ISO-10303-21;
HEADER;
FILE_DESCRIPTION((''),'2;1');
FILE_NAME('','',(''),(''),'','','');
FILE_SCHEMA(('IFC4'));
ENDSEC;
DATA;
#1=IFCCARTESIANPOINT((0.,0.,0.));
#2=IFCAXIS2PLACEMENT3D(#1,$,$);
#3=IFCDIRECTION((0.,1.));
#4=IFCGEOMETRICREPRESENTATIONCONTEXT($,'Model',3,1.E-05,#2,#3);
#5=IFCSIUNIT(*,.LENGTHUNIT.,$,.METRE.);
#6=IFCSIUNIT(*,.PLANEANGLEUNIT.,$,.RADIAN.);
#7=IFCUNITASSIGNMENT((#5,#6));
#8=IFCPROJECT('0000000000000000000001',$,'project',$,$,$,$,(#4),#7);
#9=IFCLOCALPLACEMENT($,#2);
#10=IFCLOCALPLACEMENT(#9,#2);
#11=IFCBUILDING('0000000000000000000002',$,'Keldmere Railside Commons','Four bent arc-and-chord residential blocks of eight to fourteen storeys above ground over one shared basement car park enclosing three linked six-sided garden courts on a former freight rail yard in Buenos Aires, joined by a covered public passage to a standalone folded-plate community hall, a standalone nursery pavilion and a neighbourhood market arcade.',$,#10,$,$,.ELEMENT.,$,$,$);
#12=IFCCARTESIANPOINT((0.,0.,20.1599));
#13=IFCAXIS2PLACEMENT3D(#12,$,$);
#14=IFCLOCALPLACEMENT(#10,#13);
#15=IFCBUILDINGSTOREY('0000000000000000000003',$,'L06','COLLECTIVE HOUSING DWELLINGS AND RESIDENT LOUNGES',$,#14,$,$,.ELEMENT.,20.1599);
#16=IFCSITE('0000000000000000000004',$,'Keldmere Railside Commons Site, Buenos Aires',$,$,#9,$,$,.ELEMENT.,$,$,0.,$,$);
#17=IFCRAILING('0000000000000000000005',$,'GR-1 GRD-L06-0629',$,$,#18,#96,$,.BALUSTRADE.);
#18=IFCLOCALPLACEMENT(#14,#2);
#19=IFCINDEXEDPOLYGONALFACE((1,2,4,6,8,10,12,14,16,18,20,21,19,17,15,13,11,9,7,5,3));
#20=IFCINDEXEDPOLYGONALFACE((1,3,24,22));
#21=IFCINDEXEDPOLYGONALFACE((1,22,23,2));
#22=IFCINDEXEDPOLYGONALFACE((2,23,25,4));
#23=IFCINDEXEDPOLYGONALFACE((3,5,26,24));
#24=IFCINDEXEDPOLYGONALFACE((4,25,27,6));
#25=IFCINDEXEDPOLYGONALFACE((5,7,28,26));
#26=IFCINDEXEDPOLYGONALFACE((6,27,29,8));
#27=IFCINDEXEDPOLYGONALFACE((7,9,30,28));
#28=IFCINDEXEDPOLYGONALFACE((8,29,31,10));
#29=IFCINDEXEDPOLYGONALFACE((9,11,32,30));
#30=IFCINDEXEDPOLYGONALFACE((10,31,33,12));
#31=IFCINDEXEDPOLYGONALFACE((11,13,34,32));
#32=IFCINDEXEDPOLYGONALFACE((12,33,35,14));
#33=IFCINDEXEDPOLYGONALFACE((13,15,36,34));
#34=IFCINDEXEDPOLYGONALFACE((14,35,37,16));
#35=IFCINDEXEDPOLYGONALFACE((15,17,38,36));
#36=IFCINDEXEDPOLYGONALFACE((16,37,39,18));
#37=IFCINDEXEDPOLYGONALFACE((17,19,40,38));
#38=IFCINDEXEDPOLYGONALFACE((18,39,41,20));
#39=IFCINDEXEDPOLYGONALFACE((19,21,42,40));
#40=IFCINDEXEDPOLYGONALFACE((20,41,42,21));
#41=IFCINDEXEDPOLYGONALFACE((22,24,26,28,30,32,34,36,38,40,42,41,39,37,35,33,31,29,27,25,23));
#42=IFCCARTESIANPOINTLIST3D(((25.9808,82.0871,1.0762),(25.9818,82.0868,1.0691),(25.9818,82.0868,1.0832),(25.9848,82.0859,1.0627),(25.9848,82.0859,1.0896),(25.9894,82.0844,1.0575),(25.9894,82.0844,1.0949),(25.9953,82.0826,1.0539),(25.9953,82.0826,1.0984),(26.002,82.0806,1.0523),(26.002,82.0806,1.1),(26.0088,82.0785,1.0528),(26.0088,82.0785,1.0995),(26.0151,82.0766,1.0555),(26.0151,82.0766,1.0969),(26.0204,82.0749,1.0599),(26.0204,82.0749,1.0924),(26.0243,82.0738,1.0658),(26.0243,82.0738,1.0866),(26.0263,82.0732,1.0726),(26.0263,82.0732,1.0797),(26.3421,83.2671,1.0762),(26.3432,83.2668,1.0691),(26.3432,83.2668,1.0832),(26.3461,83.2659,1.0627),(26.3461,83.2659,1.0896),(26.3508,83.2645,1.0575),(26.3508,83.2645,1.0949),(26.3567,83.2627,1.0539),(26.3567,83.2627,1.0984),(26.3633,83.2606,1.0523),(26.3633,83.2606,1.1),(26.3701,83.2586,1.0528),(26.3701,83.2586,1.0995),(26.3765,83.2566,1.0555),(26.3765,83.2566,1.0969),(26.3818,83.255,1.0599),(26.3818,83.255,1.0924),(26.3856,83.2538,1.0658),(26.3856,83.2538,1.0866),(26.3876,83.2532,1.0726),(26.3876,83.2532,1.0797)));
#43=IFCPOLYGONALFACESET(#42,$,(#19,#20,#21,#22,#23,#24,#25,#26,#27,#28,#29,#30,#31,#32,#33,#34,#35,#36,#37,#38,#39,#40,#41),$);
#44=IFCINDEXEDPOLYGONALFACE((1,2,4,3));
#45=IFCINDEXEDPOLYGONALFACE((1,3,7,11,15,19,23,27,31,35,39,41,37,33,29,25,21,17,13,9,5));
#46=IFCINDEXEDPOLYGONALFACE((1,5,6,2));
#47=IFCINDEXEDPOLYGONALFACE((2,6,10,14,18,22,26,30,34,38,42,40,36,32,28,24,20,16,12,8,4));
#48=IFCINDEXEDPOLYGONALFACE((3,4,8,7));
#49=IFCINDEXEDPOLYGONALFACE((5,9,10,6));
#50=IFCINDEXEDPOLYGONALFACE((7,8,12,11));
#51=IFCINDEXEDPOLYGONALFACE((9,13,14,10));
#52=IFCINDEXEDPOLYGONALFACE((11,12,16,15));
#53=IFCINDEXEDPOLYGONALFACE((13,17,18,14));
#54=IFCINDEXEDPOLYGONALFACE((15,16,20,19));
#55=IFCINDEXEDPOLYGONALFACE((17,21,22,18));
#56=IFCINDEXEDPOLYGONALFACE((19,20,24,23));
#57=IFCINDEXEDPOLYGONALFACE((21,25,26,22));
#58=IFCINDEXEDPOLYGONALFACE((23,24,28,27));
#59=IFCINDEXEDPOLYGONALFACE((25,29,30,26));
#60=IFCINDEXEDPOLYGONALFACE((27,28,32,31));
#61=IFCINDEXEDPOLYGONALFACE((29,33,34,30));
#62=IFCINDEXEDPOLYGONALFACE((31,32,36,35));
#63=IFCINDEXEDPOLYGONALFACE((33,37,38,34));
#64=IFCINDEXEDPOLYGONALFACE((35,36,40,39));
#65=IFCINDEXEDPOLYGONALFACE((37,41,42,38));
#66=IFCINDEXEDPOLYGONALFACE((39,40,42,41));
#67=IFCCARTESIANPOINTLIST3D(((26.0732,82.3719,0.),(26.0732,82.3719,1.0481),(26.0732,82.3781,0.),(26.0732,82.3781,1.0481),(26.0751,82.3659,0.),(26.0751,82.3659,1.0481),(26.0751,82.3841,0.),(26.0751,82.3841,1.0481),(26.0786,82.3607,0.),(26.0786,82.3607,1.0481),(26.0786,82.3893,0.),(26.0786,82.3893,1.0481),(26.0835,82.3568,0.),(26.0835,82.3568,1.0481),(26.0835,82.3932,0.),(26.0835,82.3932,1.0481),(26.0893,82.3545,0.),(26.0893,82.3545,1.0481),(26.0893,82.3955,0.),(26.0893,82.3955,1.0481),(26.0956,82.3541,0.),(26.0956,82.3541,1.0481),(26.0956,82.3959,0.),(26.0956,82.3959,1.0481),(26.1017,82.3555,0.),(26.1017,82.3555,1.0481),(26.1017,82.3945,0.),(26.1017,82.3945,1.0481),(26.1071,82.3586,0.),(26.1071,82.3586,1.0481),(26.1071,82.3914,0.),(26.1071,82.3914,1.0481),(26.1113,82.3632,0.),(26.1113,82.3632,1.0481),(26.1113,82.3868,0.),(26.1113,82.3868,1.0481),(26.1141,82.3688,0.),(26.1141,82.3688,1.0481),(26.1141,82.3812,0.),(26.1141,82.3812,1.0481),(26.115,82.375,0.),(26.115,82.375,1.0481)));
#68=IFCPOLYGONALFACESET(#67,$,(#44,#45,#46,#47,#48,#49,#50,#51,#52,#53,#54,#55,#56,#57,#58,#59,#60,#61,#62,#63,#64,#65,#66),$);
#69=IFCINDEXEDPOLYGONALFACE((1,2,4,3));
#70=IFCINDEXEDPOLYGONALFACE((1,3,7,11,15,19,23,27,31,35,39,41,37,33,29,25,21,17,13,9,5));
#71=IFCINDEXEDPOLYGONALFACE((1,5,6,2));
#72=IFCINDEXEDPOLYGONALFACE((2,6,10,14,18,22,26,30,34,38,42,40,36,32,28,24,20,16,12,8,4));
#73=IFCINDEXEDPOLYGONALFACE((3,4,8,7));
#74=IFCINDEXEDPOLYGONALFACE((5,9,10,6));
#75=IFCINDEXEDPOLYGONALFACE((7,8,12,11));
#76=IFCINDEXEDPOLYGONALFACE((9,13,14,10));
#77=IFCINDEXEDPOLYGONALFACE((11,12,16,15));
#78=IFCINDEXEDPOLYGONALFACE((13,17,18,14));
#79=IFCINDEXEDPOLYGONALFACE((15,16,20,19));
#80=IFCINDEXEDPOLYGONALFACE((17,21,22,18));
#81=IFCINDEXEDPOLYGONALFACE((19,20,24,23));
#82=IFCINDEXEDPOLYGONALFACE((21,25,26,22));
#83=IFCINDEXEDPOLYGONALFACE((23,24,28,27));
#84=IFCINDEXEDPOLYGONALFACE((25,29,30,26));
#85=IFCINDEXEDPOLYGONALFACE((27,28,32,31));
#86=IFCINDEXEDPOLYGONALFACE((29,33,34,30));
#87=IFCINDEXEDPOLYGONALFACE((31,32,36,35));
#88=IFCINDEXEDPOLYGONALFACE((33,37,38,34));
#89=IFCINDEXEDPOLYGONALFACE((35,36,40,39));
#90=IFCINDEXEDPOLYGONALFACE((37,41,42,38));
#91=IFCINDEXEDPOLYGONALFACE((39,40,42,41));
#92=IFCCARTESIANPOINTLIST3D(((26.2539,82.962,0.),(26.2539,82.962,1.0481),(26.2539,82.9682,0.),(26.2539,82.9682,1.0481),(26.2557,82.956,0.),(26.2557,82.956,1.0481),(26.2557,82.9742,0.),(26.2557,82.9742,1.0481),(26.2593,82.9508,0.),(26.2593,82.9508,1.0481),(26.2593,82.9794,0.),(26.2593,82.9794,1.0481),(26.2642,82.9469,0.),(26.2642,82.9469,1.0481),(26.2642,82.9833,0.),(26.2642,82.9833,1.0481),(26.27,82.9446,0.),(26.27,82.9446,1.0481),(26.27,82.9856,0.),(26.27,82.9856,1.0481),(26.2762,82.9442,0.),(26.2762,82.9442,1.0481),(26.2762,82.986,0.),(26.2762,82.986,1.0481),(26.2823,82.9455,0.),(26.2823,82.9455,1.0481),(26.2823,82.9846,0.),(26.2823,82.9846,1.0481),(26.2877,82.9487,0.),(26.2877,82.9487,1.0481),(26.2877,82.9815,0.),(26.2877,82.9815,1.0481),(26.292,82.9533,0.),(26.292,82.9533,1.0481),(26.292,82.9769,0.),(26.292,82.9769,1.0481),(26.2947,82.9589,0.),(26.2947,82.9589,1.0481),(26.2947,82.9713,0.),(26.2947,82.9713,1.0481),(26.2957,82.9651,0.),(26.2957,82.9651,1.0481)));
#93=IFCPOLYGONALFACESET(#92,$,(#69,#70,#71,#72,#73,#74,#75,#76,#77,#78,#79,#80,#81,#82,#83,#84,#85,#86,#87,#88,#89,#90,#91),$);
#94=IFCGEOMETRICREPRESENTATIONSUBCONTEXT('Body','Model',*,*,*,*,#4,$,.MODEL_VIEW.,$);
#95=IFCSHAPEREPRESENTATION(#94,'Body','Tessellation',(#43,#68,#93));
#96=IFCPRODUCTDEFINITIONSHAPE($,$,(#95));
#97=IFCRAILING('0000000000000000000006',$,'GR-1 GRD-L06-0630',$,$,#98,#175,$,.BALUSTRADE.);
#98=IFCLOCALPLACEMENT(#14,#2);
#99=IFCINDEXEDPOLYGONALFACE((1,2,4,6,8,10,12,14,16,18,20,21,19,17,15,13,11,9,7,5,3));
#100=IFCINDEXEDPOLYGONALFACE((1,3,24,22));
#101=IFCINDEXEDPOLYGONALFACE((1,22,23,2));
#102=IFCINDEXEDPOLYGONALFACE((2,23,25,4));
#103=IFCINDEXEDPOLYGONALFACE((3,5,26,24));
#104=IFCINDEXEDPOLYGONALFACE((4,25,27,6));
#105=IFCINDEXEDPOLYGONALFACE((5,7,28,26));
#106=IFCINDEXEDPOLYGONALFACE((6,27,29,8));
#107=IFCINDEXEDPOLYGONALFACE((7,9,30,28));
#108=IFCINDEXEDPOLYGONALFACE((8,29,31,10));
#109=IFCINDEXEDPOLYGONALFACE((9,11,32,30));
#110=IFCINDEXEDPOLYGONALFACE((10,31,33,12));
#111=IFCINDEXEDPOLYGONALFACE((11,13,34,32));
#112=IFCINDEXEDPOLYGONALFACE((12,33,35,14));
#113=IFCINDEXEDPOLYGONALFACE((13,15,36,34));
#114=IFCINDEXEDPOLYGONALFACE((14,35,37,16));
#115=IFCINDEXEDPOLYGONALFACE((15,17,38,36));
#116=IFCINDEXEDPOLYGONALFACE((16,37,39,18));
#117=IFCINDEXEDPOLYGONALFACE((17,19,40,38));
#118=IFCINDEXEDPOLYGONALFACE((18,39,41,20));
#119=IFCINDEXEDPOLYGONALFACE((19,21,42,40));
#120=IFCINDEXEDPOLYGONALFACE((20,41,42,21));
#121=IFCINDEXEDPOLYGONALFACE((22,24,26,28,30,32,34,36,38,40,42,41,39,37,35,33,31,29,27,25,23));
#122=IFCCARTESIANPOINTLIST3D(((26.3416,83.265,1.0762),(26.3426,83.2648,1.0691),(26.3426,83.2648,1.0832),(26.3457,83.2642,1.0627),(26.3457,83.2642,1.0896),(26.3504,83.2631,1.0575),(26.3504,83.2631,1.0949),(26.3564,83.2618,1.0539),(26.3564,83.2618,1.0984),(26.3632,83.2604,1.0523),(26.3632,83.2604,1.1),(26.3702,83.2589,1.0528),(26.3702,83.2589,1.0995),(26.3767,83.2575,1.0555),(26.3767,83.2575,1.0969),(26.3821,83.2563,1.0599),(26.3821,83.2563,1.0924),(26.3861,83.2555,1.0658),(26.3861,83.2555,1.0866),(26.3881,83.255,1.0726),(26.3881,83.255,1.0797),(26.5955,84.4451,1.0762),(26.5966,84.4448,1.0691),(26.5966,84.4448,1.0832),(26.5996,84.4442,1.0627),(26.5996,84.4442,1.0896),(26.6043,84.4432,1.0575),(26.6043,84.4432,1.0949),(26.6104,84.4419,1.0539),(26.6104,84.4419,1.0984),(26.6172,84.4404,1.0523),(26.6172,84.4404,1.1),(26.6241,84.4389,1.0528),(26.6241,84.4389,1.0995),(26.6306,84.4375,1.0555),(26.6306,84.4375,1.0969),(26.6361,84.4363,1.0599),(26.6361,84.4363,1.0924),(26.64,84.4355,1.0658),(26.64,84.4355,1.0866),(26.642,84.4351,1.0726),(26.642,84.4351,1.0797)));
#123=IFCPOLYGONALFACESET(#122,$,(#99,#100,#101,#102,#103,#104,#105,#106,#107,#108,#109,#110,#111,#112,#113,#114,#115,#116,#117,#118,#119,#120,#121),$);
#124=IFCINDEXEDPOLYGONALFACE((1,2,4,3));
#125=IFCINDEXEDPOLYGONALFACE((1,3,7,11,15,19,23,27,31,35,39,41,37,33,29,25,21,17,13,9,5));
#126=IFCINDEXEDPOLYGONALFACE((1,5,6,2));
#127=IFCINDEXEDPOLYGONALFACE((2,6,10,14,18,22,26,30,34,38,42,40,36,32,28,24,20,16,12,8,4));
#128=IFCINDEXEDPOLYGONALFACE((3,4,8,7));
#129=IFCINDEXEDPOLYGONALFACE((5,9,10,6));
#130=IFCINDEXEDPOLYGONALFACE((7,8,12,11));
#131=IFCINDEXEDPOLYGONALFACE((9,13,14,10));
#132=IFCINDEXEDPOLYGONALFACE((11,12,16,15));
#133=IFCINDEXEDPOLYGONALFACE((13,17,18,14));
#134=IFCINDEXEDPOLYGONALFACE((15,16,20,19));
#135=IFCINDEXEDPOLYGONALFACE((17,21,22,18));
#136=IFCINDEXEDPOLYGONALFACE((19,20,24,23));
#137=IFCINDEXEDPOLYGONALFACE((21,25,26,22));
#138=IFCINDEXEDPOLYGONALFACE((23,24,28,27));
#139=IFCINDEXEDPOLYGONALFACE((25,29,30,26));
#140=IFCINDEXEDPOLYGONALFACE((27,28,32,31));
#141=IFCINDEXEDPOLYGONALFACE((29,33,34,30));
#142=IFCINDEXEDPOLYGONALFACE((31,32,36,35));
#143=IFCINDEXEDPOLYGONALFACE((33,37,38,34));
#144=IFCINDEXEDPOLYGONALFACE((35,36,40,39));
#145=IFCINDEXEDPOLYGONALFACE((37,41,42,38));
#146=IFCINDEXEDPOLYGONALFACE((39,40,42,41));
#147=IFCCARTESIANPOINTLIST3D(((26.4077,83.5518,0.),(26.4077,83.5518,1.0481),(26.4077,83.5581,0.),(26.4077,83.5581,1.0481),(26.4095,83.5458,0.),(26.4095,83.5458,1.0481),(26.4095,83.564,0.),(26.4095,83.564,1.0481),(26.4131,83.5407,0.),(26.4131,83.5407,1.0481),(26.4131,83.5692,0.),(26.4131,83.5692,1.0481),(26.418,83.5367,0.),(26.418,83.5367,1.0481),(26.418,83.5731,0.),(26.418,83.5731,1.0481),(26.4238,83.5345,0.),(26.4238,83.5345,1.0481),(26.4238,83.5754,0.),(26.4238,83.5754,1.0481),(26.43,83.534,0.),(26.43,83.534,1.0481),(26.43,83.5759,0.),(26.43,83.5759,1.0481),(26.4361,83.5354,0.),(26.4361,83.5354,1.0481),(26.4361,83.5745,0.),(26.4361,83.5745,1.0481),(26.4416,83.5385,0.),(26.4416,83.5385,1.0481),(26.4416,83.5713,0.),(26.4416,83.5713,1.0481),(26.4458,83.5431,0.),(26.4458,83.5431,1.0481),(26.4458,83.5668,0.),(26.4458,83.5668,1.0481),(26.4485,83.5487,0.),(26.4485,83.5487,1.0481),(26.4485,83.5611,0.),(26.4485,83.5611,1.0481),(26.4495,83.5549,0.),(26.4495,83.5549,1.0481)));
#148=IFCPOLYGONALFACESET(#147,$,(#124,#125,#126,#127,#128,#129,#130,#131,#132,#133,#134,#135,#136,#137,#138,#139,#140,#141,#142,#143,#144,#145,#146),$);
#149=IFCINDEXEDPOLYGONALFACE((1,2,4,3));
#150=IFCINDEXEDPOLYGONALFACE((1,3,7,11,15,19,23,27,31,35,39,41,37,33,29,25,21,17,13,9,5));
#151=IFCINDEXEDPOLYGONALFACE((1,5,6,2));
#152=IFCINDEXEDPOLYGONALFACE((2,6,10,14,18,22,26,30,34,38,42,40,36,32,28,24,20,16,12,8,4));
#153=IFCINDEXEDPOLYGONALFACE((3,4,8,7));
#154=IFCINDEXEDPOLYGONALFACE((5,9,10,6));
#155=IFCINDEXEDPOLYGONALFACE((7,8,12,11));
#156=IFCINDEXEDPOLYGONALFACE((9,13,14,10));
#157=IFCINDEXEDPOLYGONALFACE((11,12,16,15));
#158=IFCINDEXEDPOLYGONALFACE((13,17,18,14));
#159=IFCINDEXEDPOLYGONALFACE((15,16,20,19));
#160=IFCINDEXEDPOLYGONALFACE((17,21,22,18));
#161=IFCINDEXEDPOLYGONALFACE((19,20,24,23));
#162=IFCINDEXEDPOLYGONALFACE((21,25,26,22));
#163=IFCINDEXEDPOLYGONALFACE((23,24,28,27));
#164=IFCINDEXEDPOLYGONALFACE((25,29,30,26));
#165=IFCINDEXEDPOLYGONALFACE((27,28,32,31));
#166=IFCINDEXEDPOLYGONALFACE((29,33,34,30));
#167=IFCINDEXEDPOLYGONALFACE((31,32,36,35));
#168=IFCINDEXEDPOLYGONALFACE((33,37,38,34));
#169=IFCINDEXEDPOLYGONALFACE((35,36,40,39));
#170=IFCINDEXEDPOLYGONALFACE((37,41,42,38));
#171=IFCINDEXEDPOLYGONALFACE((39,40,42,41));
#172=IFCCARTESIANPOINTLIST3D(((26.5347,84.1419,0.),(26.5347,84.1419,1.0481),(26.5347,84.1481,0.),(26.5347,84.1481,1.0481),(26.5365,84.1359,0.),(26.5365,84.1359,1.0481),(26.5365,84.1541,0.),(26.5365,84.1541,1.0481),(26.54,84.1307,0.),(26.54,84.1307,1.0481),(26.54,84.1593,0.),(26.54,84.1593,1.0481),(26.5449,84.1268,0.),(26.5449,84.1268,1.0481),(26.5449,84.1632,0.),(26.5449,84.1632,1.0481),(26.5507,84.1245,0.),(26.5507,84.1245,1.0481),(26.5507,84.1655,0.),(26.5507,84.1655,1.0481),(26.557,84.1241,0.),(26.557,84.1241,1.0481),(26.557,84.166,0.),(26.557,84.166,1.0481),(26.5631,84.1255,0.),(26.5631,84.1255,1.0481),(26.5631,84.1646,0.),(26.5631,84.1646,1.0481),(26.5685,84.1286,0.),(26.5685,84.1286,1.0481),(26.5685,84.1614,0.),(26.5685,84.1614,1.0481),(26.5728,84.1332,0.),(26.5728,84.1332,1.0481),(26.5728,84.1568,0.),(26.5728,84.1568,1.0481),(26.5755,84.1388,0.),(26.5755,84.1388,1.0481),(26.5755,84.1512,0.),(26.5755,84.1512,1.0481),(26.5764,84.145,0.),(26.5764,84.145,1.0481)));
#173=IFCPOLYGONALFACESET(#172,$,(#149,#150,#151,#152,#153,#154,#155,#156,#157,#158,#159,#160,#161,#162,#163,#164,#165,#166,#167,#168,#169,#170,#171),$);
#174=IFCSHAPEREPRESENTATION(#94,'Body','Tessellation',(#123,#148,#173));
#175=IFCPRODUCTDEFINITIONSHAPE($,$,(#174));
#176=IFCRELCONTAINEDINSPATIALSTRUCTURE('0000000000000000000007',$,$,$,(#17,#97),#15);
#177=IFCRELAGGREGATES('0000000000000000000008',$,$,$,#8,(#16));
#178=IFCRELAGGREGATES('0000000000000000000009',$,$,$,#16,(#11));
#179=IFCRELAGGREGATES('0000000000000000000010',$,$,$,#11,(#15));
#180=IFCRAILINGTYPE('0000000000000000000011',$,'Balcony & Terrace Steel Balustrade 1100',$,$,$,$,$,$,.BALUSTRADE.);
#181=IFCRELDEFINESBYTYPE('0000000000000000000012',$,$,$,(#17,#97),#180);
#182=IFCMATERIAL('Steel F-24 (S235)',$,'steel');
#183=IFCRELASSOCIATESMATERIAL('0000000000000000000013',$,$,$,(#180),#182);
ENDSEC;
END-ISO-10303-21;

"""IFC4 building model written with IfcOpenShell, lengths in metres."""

from ifc_helpers import new_model, si_unit, direction, frame, origin, origin_2d, place, context, subcontext, project, spatial, circle, extrude, material, type_object, element, save


model = new_model("IFC4")

# Units and contexts
model_context = context("Model", 3, precision=1e-05, world=origin(), true_north=direction((0.0, 1.0)))
body_context = subcontext(model_context, "Body", "Model", "MODEL_VIEW")
ifc_project = project(units=[si_unit("LENGTHUNIT", "METRE"), si_unit("PLANEANGLEUNIT", "RADIAN")], contexts=[model_context])

# Site, building, storey
site_placement = place(None, origin())
site = spatial("IfcSite", under=ifc_project, at=site_placement, Name="Keldmere Railside Commons Site, Buenos Aires", CompositionType="ELEMENT", RefElevation=0.0)
building_placement = place(site_placement, origin())
building = spatial("IfcBuilding", under=site, at=building_placement, Name="Keldmere Railside Commons", Description="Four bent arc-and-chord residential blocks of eight to fourteen storeys above ground over one shared basement car park enclosing three linked six-sided garden courts on a former freight rail yard in Buenos Aires, joined by a covered public passage to a standalone folded-plate community hall, a standalone nursery pavilion and a neighbourhood market arcade.", CompositionType="ELEMENT")
storey_placement = place(building_placement, frame((0.0, 0.0, 20.1599)))
storey = spatial("IfcBuildingStorey", under=building, at=storey_placement, Name="L06", Description="COLLECTIVE HOUSING DWELLINGS AND RESIDENT LOUNGES", CompositionType="ELEMENT", Elevation=20.1599)

# Railings
ifc_material_1 = material(Name="Steel F-24 (S235)", Category="steel")
railing_type = type_object("IfcRailingType", Name="Balcony & Terrace Steel Balustrade 1100", PredefinedType="BALUSTRADE", material=ifc_material_1)
railing_1_placement = place(storey_placement, frame((26.0037, 82.0801, 0.0)))
element("IfcRailing", 1, at=railing_1_placement, inside=storey, type_object=railing_type, Name="GR-1 GRD-L06-0629", PredefinedType="BALUSTRADE", context=body_context, shape_type="SweptSolid", body=[
    extrude(circle(Radius=0.0239, at=origin_2d()), frame((0.0, 0.0, 1.0762), z_axis=(0.292807, 0.956172, 0.0), x_axis=(-0.956172, 0.292807, 0.0)), (0.0, 0.0, 1.0), 1.2341),
    extrude(circle(Radius=0.021, at=origin_2d()), frame((0.0903, 0.2949, 0.0)), (0.0, 0.0, 1.0), 1.0481),
    extrude(circle(Radius=0.021, at=origin_2d()), frame((0.271, 0.885, 0.0)), (0.0, 0.0, 1.0), 1.0481),
])
railing_2_placement = place(storey_placement, frame((26.365, 83.26, 0.0)))
element("IfcRailing", 2, at=railing_2_placement, inside=storey, type_object=railing_type, Name="GR-1 GRD-L06-0630", PredefinedType="BALUSTRADE", context=body_context, shape_type="SweptSolid", body=[
    extrude(circle(Radius=0.0239, at=origin_2d()), frame((0.0, 0.0, 1.0762), z_axis=(0.210372, 0.977621, 0.0), x_axis=(-0.977621, 0.210372, 0.0)), (0.0, 0.0, 1.0), 1.207),
    extrude(circle(Radius=0.021, at=origin_2d()), frame((0.0635, 0.2949, 0.0)), (0.0, 0.0, 1.0), 1.0481),
    extrude(circle(Radius=0.021, at=origin_2d()), frame((0.1904, 0.885, 0.0)), (0.0, 0.0, 1.0), 1.0481),
])

save(model, "model.ifc")
